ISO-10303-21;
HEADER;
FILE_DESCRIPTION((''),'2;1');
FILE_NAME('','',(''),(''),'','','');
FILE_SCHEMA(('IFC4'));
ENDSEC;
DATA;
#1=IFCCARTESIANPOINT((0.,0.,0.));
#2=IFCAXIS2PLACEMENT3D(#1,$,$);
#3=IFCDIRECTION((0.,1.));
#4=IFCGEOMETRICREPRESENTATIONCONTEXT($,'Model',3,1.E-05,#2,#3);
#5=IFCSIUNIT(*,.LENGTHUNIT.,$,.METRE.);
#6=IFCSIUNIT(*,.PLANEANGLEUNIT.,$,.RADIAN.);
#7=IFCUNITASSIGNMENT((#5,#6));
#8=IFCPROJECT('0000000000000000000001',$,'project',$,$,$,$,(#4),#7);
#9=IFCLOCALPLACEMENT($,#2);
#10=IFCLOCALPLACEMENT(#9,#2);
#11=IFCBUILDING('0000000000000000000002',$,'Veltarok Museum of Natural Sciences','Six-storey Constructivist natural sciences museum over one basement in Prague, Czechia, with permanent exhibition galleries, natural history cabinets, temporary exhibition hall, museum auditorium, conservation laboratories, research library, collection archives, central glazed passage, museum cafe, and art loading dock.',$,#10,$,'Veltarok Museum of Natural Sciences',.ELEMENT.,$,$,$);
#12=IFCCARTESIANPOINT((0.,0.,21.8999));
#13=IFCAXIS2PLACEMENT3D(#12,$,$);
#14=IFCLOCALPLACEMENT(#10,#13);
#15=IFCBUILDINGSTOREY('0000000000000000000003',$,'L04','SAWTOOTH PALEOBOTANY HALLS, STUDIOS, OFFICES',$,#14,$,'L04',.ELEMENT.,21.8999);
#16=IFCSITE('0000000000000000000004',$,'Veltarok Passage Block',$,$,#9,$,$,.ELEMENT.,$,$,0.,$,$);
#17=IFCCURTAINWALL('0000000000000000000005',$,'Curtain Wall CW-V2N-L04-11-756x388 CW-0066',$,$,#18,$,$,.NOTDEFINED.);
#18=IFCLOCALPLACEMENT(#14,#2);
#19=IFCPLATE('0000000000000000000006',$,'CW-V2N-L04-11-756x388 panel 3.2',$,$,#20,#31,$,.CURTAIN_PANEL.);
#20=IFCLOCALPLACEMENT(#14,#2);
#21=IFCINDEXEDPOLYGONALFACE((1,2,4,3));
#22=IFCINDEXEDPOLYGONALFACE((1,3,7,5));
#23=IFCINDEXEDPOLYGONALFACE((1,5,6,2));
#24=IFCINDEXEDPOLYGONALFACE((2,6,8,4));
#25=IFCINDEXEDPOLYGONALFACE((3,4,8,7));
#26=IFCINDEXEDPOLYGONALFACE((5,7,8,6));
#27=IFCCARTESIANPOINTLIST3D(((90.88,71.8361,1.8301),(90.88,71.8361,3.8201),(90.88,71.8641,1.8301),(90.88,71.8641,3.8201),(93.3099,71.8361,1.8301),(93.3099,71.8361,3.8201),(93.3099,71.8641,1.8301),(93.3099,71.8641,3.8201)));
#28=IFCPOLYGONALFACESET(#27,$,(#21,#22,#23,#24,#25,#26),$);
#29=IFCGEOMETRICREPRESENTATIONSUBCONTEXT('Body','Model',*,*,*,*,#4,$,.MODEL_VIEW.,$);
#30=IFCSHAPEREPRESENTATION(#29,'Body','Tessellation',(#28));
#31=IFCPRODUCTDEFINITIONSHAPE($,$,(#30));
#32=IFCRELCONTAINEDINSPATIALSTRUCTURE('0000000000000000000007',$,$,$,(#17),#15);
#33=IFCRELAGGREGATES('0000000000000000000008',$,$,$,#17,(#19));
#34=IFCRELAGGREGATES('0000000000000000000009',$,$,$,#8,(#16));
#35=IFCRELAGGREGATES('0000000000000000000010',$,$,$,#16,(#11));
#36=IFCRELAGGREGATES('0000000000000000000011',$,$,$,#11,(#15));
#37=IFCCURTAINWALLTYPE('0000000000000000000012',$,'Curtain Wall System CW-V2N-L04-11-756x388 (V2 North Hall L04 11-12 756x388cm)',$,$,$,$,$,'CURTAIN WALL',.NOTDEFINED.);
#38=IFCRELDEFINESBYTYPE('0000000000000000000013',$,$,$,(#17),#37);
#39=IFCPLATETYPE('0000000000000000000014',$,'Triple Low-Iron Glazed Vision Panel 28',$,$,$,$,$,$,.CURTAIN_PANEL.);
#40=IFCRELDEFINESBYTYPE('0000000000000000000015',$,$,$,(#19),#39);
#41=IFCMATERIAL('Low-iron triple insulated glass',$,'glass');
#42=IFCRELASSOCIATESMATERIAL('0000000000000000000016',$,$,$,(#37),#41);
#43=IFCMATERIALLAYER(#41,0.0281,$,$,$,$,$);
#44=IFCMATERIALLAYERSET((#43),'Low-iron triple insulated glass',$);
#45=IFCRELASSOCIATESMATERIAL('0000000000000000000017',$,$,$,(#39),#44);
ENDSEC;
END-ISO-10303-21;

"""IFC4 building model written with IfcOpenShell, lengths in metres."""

from ifc_helpers import new_model, si_unit, direction, frame, origin, origin_2d, place, context, subcontext, project, spatial, rectangle, extrude, material, layer, layer_set, type_object, element, aggregate, save


model = new_model("IFC4")

# Units and contexts
model_context = context("Model", 3, precision=1e-05, world=origin(), true_north=direction((0.0, 1.0)))
body_context = subcontext(model_context, "Body", "Model", "MODEL_VIEW")
ifc_project = project(units=[si_unit("LENGTHUNIT", "METRE"), si_unit("PLANEANGLEUNIT", "RADIAN")], contexts=[model_context])

# Site, building, storey
site_placement = place(None, origin())
site = spatial("IfcSite", under=ifc_project, at=site_placement, Name="Veltarok Passage Block", CompositionType="ELEMENT", RefElevation=0.0)
building_placement = place(site_placement, origin())
building = spatial("IfcBuilding", under=site, at=building_placement, Name="Veltarok Museum of Natural Sciences", Description="Six-storey Constructivist natural sciences museum over one basement in Prague, Czechia, with permanent exhibition galleries, natural history cabinets, temporary exhibition hall, museum auditorium, conservation laboratories, research library, collection archives, central glazed passage, museum cafe, and art loading dock.", LongName="Veltarok Museum of Natural Sciences", CompositionType="ELEMENT")
storey_placement = place(building_placement, frame((0.0, 0.0, 21.8999)))
storey = spatial("IfcBuildingStorey", under=building, at=storey_placement, Name="L04", Description="SAWTOOTH PALEOBOTANY HALLS, STUDIOS, OFFICES", LongName="L04", CompositionType="ELEMENT", Elevation=21.8999)

# Curtain wall
ifc_material_1 = material(Name="Low-iron triple insulated glass", Category="glass")
curtain_wall_type_1 = type_object("IfcCurtainWallType", Name="Curtain Wall System CW-V2N-L04-11-756x388 (V2 North Hall L04 11-12 756x388cm)", ElementType="CURTAIN WALL", PredefinedType="NOTDEFINED", material=ifc_material_1)
curtain_wall_1_placement = place(storey_placement, origin())
curtain_wall_1 = element("IfcCurtainWall", 1, at=curtain_wall_1_placement, inside=storey, type_object=curtain_wall_type_1, Name="Curtain Wall CW-V2N-L04-11-756x388 CW-0066", PredefinedType="NOTDEFINED")

# Plate
ifc_layer = layer(ifc_material_1, 0.0281)
ifc_layer_set = layer_set([ifc_layer], Name="Low-iron triple insulated glass")
plate_type = type_object("IfcPlateType", Name="Triple Low-Iron Glazed Vision Panel 28", PredefinedType="CURTAIN_PANEL", material=ifc_layer_set)
plate_1_placement = place(storey_placement, frame((92.095, 71.8501, 1.8301), z_axis=(0.0, 0.0, 1.0), x_axis=(-1.0, 0.0, 0.0)))
plate_1 = element("IfcPlate", 2, at=plate_1_placement, type_object=plate_type, Name="CW-V2N-L04-11-756x388 panel 3.2", PredefinedType="CURTAIN_PANEL", context=body_context, shape_type="SweptSolid", body=[
    extrude(rectangle(XDim=2.4299, YDim=0.0281, at=origin_2d()), origin(), (0.0, 0.0, 1.0), 1.99),
])
aggregate(curtain_wall_1, [plate_1])

save(model, "model.ifc")
